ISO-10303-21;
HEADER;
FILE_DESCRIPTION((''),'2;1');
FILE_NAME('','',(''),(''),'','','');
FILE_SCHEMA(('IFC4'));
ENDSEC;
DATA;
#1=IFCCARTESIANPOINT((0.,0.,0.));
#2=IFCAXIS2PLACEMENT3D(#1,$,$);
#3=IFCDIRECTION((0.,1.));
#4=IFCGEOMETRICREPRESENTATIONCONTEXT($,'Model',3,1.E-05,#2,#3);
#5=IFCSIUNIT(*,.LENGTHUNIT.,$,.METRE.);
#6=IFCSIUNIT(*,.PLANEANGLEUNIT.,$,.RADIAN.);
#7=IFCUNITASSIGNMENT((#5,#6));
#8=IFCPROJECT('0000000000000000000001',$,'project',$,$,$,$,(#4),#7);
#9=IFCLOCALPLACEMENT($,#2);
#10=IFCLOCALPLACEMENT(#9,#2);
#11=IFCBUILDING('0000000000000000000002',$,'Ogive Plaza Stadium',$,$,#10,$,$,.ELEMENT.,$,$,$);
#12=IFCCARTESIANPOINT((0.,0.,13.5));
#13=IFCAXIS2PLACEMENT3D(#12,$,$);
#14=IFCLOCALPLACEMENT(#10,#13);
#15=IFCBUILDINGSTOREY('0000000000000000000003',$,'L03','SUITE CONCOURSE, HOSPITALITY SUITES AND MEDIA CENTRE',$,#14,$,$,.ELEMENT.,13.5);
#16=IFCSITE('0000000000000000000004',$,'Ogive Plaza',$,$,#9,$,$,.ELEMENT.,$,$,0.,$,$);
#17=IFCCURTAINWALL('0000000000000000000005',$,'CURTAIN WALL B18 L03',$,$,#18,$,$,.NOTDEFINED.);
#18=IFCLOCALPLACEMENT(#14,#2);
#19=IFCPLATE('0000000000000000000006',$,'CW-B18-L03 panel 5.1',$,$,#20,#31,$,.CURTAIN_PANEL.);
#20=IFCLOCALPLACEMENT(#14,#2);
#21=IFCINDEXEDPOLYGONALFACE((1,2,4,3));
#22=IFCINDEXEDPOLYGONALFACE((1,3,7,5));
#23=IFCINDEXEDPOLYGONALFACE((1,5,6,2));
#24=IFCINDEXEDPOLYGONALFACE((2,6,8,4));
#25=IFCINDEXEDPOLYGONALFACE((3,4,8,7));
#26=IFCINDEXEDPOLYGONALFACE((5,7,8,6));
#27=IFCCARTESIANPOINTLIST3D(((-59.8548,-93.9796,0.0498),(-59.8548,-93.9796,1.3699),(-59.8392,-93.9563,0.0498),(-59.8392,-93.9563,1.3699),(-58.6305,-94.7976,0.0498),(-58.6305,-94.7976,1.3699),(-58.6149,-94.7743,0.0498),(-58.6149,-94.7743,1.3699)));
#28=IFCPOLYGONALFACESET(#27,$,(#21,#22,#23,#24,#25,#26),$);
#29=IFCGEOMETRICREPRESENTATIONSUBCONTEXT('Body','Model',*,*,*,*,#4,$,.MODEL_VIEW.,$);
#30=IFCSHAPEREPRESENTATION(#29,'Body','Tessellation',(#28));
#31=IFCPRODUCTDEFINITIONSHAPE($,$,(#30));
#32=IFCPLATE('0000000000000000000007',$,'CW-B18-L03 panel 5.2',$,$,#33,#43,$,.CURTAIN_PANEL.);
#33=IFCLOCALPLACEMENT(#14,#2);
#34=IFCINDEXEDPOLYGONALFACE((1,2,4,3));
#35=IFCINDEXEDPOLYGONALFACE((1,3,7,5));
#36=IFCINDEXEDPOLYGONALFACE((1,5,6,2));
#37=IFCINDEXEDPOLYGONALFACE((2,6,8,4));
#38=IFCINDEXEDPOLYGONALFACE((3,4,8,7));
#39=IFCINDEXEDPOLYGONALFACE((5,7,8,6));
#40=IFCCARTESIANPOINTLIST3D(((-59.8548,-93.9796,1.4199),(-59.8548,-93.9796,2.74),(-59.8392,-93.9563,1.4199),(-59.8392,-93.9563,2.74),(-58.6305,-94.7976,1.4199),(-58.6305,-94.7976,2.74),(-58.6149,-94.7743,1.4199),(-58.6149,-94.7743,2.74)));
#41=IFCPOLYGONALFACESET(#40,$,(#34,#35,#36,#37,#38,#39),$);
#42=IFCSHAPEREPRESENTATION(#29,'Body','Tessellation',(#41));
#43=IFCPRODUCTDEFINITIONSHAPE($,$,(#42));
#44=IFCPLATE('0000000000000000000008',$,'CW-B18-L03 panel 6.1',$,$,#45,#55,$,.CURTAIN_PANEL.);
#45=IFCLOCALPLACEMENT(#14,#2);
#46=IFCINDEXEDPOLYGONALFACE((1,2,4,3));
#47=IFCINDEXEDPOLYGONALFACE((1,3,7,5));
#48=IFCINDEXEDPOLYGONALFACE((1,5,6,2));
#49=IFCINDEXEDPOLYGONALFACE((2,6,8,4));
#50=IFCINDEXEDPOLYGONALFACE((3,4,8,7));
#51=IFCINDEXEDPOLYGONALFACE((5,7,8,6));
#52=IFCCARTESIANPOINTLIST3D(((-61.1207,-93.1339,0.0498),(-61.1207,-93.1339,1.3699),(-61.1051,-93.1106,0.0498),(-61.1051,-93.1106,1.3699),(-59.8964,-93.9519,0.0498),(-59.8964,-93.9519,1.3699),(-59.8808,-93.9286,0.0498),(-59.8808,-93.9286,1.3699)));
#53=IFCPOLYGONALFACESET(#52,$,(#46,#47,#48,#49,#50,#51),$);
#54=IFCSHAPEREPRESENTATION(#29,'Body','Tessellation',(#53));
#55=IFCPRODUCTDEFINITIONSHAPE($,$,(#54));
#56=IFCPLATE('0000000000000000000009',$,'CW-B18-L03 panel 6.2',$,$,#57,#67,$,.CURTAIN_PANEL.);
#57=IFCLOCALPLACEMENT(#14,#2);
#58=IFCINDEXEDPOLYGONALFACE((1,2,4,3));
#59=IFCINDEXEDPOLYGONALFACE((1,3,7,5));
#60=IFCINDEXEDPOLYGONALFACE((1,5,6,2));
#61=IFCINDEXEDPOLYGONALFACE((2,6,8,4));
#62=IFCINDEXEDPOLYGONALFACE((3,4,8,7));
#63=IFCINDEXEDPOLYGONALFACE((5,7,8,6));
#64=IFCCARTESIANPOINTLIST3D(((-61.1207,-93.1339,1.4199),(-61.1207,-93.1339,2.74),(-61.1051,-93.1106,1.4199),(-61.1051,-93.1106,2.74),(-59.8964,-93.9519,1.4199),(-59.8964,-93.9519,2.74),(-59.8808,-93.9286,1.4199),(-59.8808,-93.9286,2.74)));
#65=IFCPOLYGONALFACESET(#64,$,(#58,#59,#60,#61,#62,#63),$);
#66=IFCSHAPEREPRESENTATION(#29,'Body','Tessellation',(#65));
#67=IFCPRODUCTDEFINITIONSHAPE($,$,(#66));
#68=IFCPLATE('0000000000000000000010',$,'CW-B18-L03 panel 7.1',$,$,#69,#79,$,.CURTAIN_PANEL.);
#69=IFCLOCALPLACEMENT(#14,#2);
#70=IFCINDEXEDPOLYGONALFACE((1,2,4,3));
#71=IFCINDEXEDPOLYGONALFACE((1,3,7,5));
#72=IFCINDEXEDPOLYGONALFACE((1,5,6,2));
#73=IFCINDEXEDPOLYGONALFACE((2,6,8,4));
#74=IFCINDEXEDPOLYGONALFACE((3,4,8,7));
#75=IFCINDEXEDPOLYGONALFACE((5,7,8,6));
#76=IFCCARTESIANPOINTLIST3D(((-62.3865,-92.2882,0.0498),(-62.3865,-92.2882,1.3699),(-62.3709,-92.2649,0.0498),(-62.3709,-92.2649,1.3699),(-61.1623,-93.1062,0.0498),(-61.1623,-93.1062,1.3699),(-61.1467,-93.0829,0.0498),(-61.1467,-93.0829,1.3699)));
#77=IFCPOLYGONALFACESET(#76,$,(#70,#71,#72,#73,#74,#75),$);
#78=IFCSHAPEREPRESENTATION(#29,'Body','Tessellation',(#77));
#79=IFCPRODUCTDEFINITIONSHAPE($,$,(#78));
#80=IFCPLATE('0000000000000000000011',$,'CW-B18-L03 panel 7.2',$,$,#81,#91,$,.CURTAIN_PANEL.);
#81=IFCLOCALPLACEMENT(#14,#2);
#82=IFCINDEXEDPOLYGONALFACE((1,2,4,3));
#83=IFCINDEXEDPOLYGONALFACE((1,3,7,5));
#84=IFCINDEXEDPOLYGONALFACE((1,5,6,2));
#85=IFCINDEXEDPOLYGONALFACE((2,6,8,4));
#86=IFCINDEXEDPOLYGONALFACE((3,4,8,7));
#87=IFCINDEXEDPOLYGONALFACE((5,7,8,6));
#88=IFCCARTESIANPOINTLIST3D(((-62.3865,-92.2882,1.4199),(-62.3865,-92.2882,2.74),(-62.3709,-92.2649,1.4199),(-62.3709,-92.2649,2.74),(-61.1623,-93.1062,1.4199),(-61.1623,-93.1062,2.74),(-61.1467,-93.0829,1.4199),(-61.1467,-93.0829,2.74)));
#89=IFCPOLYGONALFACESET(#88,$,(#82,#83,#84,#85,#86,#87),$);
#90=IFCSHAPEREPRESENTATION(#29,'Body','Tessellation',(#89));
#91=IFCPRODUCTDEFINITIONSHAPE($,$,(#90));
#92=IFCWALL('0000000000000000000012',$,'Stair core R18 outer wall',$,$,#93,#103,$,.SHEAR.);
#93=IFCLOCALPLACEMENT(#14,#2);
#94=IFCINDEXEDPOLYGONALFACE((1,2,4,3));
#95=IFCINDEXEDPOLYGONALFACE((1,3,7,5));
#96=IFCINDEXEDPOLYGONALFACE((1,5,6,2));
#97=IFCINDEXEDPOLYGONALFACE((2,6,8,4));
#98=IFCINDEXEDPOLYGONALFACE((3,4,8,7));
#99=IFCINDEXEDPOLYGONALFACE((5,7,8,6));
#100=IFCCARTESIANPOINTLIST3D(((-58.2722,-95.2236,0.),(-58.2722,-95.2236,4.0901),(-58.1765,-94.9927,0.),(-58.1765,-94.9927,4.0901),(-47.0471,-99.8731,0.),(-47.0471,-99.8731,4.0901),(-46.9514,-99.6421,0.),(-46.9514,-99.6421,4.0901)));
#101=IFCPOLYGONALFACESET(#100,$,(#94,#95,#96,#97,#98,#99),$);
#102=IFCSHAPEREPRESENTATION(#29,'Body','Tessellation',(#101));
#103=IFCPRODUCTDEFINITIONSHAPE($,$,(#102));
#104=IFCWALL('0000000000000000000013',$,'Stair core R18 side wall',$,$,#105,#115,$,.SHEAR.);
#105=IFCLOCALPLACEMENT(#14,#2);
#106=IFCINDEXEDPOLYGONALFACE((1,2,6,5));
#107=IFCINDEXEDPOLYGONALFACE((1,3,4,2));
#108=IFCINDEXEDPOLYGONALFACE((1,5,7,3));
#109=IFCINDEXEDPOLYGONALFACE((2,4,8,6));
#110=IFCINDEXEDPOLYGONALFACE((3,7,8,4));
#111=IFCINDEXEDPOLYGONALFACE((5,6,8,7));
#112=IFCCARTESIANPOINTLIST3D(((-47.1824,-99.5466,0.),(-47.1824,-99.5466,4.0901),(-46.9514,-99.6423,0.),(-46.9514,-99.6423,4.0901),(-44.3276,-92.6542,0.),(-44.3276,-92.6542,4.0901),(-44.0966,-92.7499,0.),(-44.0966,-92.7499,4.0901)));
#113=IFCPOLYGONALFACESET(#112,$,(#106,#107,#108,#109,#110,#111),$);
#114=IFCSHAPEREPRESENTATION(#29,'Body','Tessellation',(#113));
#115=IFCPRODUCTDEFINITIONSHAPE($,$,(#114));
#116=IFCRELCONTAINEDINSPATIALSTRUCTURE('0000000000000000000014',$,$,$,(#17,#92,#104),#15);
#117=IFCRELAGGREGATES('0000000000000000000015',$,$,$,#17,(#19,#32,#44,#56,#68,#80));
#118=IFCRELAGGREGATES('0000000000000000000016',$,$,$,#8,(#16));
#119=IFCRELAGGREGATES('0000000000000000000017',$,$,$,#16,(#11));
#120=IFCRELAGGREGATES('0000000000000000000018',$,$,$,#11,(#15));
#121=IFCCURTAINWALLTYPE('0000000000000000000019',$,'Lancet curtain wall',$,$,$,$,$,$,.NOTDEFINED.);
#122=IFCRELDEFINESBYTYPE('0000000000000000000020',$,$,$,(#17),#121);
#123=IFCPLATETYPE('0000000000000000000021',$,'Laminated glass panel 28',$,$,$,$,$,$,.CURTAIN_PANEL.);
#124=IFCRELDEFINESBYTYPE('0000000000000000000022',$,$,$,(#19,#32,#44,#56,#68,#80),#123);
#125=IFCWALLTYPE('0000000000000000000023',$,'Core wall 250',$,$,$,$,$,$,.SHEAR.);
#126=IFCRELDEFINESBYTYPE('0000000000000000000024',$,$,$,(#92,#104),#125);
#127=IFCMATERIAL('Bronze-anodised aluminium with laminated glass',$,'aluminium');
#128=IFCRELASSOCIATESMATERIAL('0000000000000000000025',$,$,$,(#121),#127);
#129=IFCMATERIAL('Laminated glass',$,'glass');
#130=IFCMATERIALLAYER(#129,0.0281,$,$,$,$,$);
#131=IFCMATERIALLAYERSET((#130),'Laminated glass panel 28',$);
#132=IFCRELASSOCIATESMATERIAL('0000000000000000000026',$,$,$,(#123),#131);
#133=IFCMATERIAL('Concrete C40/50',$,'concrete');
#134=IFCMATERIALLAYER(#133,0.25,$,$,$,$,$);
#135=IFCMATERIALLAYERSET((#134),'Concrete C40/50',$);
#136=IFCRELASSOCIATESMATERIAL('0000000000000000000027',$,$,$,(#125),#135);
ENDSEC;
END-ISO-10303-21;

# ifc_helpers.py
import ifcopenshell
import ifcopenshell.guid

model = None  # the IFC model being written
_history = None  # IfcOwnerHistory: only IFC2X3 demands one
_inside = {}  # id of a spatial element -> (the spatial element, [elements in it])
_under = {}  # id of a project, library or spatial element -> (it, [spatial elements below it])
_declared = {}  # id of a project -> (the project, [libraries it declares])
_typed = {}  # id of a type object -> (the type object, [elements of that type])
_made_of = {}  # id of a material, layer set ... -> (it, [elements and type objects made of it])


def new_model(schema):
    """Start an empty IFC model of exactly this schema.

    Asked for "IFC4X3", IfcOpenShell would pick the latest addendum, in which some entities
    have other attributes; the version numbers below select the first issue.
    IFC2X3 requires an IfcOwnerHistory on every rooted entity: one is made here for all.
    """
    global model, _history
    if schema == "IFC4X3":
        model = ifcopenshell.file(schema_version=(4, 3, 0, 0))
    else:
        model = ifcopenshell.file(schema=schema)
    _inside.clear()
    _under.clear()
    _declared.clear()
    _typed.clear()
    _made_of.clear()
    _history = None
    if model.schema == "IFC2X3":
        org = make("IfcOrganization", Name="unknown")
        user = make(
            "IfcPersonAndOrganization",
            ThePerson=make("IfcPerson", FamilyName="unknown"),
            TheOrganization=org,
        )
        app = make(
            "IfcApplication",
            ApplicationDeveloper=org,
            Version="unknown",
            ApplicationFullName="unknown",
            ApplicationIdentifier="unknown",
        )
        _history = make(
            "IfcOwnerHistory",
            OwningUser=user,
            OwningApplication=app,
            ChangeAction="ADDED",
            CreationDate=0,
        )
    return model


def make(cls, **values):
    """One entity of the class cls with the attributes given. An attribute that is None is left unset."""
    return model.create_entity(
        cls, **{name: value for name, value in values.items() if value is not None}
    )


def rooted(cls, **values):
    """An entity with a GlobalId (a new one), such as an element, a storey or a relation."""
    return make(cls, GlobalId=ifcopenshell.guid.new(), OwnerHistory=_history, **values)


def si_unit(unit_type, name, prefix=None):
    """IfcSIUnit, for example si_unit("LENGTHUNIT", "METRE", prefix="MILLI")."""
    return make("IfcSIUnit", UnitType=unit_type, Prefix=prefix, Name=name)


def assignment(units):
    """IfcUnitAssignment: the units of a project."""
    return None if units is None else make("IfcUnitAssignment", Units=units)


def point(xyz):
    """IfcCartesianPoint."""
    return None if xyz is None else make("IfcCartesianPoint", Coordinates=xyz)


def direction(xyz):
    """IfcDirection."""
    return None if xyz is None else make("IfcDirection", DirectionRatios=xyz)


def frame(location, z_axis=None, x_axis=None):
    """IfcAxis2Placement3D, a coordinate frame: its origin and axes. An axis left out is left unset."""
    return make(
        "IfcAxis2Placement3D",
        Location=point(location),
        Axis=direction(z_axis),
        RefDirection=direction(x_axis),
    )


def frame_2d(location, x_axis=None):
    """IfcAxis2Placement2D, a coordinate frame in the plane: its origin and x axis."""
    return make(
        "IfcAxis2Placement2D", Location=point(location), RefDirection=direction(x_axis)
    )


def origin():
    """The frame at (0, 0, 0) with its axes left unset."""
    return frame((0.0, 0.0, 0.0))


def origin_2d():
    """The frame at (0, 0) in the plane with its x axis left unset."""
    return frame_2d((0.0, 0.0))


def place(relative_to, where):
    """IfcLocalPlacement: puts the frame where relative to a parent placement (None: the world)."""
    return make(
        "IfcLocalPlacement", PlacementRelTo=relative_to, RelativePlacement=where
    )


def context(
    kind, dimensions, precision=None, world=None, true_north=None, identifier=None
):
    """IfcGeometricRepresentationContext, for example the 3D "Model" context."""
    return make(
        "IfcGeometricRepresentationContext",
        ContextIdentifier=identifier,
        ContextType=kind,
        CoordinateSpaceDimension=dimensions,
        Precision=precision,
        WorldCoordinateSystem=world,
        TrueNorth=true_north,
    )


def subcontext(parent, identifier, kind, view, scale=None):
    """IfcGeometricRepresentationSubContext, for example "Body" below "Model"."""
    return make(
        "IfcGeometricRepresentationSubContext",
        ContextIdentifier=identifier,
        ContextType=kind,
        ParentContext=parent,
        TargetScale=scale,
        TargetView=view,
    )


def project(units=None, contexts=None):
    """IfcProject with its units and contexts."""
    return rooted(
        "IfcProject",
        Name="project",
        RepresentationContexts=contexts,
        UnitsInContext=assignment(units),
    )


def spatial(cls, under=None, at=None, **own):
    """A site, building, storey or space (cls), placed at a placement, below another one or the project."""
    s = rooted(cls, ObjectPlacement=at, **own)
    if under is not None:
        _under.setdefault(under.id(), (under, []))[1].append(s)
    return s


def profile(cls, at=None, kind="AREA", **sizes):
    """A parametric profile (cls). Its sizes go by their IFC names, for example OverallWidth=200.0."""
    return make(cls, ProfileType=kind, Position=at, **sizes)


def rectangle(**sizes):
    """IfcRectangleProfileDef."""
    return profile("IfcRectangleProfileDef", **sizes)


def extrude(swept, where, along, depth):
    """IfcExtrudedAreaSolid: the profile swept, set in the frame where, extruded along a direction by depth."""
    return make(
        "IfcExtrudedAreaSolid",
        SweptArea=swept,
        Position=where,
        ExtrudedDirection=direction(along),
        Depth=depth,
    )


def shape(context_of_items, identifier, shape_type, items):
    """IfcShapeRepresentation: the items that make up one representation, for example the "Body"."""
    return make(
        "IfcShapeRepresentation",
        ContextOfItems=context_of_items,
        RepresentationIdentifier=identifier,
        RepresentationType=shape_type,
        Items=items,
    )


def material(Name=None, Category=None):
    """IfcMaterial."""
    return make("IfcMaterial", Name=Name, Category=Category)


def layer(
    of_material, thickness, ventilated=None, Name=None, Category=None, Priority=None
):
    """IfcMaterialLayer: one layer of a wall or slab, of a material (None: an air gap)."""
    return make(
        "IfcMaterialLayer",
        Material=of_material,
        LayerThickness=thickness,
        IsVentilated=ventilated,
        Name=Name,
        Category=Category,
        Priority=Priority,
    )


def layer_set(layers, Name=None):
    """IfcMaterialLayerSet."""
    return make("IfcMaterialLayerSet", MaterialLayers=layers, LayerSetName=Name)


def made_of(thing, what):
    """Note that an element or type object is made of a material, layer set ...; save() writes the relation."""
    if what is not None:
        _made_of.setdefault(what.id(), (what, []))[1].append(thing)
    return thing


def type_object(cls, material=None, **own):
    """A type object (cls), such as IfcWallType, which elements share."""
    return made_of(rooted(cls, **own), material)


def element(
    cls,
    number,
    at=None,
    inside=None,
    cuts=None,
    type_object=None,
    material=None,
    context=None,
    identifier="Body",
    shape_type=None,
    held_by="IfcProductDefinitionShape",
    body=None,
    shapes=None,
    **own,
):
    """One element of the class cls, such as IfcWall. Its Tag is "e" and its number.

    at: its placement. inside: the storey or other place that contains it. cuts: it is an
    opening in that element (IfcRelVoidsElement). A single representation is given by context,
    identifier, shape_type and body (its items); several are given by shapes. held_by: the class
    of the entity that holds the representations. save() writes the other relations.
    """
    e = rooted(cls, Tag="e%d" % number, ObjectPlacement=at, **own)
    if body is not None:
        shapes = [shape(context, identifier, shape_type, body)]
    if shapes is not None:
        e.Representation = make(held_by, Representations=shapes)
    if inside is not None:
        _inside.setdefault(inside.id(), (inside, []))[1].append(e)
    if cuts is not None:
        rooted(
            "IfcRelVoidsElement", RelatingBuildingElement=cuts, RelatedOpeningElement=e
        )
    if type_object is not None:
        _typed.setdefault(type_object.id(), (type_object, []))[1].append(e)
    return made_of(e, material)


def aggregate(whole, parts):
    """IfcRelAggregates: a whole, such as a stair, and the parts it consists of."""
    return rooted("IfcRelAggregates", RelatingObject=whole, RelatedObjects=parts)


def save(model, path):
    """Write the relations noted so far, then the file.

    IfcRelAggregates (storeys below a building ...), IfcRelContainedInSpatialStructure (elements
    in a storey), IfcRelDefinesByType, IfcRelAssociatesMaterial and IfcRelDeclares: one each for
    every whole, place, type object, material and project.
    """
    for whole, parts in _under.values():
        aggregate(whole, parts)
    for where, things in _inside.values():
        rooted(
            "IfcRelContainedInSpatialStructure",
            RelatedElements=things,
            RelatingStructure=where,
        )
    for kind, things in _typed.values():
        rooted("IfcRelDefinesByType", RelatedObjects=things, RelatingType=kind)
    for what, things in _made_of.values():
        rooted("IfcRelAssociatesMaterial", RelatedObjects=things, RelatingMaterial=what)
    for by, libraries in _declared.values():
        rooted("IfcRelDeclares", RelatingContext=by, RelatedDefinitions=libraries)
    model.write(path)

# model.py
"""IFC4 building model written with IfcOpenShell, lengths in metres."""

from ifc_helpers import new_model, si_unit, direction, frame, frame_2d, origin, origin_2d, place, context, subcontext, project, spatial, rectangle, extrude, material, layer, layer_set, type_object, element, aggregate, save


model = new_model("IFC4")

# Units and contexts
model_context = context("Model", 3, precision=1e-05, world=origin(), true_north=direction((0.0, 1.0)))
body_context = subcontext(model_context, "Body", "Model", "MODEL_VIEW")
ifc_project = project(units=[si_unit("LENGTHUNIT", "METRE"), si_unit("PLANEANGLEUNIT", "RADIAN")], contexts=[model_context])

# Site, building, storey
site_placement = place(None, origin())
site = spatial("IfcSite", under=ifc_project, at=site_placement, Name="Ogive Plaza", CompositionType="ELEMENT", RefElevation=0.0)
building_placement = place(site_placement, origin())
building = spatial("IfcBuilding", under=site, at=building_placement, Name="Ogive Plaza Stadium", CompositionType="ELEMENT")
storey_placement = place(building_placement, frame((0.0, 0.0, 13.5)))
storey = spatial("IfcBuildingStorey", under=building, at=storey_placement, Name="L03", Description="SUITE CONCOURSE, HOSPITALITY SUITES AND MEDIA CENTRE", CompositionType="ELEMENT", Elevation=13.5)

# Curtain wall, plates
ifc_material_1 = material(Name="Bronze-anodised aluminium with laminated glass", Category="aluminium")
curtain_wall_type = type_object("IfcCurtainWallType", Name="Lancet curtain wall", PredefinedType="NOTDEFINED", material=ifc_material_1)
curtain_wall_placement = place(storey_placement, origin())
curtain_wall = element("IfcCurtainWall", 1, at=curtain_wall_placement, inside=storey, type_object=curtain_wall_type, Name="CURTAIN WALL B18 L03", PredefinedType="NOTDEFINED")
ifc_material_2 = material(Name="Laminated glass", Category="glass")
ifc_layer_1 = layer(ifc_material_2, 0.0281)
ifc_layer_set_1 = layer_set([ifc_layer_1], Name="Laminated glass panel 28")
plate_type = type_object("IfcPlateType", Name="Laminated glass panel 28", PredefinedType="CURTAIN_PANEL", material=ifc_layer_set_1)
plate_1_placement = place(storey_placement, frame((-59.2349, -94.377, 0.0498), z_axis=(0.0, 0.0, 1.0), x_axis=(-0.83147, 0.55557, 0.0)))
plate_1 = element("IfcPlate", 2, at=plate_1_placement, type_object=plate_type, Name="CW-B18-L03 panel 5.1", PredefinedType="CURTAIN_PANEL", context=body_context, shape_type="SweptSolid", body=[
    extrude(rectangle(XDim=1.4724, YDim=0.0281, at=origin_2d()), origin(), (0.0, 0.0, 1.0), 1.3201),
])
plate_2_placement = place(storey_placement, frame((-59.2349, -94.377, 1.4199), z_axis=(0.0, 0.0, 1.0), x_axis=(-0.83147, 0.55557, 0.0)))
plate_2 = element("IfcPlate", 3, at=plate_2_placement, type_object=plate_type, Name="CW-B18-L03 panel 5.2", PredefinedType="CURTAIN_PANEL", context=body_context, shape_type="SweptSolid", body=[
    extrude(rectangle(XDim=1.4724, YDim=0.0281, at=origin_2d()), origin(), (0.0, 0.0, 1.0), 1.3201),
])
plate_3_placement = place(storey_placement, frame((-60.5007, -93.5312, 0.0498), z_axis=(0.0, 0.0, 1.0), x_axis=(-0.83147, 0.55557, 0.0)))
plate_3 = element("IfcPlate", 4, at=plate_3_placement, type_object=plate_type, Name="CW-B18-L03 panel 6.1", PredefinedType="CURTAIN_PANEL", context=body_context, shape_type="SweptSolid", body=[
    extrude(rectangle(XDim=1.4724, YDim=0.0281, at=origin_2d()), origin(), (0.0, 0.0, 1.0), 1.3201),
])
plate_4_placement = place(storey_placement, frame((-60.5007, -93.5312, 1.4199), z_axis=(0.0, 0.0, 1.0), x_axis=(-0.83147, 0.55557, 0.0)))
plate_4 = element("IfcPlate", 5, at=plate_4_placement, type_object=plate_type, Name="CW-B18-L03 panel 6.2", PredefinedType="CURTAIN_PANEL", context=body_context, shape_type="SweptSolid", body=[
    extrude(rectangle(XDim=1.4724, YDim=0.0281, at=origin_2d()), origin(), (0.0, 0.0, 1.0), 1.3201),
])
plate_5_placement = place(storey_placement, frame((-61.7666, -92.6855, 0.0498), z_axis=(0.0, 0.0, 1.0), x_axis=(-0.83147, 0.55557, 0.0)))
plate_5 = element("IfcPlate", 6, at=plate_5_placement, type_object=plate_type, Name="CW-B18-L03 panel 7.1", PredefinedType="CURTAIN_PANEL", context=body_context, shape_type="SweptSolid", body=[
    extrude(rectangle(XDim=1.4724, YDim=0.0281, at=origin_2d()), origin(), (0.0, 0.0, 1.0), 1.3201),
])
plate_6_placement = place(storey_placement, frame((-61.7666, -92.6855, 1.4199), z_axis=(0.0, 0.0, 1.0), x_axis=(-0.83147, 0.55557, 0.0)))
plate_6 = element("IfcPlate", 7, at=plate_6_placement, type_object=plate_type, Name="CW-B18-L03 panel 7.2", PredefinedType="CURTAIN_PANEL", context=body_context, shape_type="SweptSolid", body=[
    extrude(rectangle(XDim=1.4724, YDim=0.0281, at=origin_2d()), origin(), (0.0, 0.0, 1.0), 1.3201),
])
aggregate(curtain_wall, [plate_1, plate_2, plate_3, plate_4, plate_5, plate_6])

# Walls
ifc_material_3 = material(Name="Concrete C40/50", Category="concrete")
ifc_layer_2 = layer(ifc_material_3, 0.25)
ifc_layer_set_2 = layer_set([ifc_layer_2], Name="Concrete C40/50")
wall_type = type_object("IfcWallType", Name="Core wall 250", PredefinedType="SHEAR", material=ifc_layer_set_2)
wall_1_placement = place(storey_placement, frame((-58.2244, -95.1082, 0.0), z_axis=(0.0, 0.0, 1.0), x_axis=(0.923885, -0.382671, 0.0)))
element("IfcWall", 8, at=wall_1_placement, inside=storey, type_object=wall_type, Name="Stair core R18 outer wall", PredefinedType="SHEAR", context=body_context, shape_type="SweptSolid", body=[
    extrude(rectangle(XDim=12.1499, YDim=0.25, at=frame_2d((6.075, 0.0))), origin(), (0.0, 0.0, 1.0), 4.0901),
])
wall_2_placement = place(storey_placement, frame((-44.2122, -92.7021, 0.0), z_axis=(0.0, 0.0, 1.0), x_axis=(-0.382665, -0.923887, 0.0)))
element("IfcWall", 9, at=wall_2_placement, inside=storey, type_object=wall_type, Name="Stair core R18 side wall", PredefinedType="SHEAR", context=body_context, shape_type="SweptSolid", body=[
    extrude(rectangle(XDim=7.4602, YDim=0.25, at=frame_2d((3.73, 0.0))), origin(), (0.0, 0.0, 1.0), 4.0901),
])

save(model, "model.ifc")
